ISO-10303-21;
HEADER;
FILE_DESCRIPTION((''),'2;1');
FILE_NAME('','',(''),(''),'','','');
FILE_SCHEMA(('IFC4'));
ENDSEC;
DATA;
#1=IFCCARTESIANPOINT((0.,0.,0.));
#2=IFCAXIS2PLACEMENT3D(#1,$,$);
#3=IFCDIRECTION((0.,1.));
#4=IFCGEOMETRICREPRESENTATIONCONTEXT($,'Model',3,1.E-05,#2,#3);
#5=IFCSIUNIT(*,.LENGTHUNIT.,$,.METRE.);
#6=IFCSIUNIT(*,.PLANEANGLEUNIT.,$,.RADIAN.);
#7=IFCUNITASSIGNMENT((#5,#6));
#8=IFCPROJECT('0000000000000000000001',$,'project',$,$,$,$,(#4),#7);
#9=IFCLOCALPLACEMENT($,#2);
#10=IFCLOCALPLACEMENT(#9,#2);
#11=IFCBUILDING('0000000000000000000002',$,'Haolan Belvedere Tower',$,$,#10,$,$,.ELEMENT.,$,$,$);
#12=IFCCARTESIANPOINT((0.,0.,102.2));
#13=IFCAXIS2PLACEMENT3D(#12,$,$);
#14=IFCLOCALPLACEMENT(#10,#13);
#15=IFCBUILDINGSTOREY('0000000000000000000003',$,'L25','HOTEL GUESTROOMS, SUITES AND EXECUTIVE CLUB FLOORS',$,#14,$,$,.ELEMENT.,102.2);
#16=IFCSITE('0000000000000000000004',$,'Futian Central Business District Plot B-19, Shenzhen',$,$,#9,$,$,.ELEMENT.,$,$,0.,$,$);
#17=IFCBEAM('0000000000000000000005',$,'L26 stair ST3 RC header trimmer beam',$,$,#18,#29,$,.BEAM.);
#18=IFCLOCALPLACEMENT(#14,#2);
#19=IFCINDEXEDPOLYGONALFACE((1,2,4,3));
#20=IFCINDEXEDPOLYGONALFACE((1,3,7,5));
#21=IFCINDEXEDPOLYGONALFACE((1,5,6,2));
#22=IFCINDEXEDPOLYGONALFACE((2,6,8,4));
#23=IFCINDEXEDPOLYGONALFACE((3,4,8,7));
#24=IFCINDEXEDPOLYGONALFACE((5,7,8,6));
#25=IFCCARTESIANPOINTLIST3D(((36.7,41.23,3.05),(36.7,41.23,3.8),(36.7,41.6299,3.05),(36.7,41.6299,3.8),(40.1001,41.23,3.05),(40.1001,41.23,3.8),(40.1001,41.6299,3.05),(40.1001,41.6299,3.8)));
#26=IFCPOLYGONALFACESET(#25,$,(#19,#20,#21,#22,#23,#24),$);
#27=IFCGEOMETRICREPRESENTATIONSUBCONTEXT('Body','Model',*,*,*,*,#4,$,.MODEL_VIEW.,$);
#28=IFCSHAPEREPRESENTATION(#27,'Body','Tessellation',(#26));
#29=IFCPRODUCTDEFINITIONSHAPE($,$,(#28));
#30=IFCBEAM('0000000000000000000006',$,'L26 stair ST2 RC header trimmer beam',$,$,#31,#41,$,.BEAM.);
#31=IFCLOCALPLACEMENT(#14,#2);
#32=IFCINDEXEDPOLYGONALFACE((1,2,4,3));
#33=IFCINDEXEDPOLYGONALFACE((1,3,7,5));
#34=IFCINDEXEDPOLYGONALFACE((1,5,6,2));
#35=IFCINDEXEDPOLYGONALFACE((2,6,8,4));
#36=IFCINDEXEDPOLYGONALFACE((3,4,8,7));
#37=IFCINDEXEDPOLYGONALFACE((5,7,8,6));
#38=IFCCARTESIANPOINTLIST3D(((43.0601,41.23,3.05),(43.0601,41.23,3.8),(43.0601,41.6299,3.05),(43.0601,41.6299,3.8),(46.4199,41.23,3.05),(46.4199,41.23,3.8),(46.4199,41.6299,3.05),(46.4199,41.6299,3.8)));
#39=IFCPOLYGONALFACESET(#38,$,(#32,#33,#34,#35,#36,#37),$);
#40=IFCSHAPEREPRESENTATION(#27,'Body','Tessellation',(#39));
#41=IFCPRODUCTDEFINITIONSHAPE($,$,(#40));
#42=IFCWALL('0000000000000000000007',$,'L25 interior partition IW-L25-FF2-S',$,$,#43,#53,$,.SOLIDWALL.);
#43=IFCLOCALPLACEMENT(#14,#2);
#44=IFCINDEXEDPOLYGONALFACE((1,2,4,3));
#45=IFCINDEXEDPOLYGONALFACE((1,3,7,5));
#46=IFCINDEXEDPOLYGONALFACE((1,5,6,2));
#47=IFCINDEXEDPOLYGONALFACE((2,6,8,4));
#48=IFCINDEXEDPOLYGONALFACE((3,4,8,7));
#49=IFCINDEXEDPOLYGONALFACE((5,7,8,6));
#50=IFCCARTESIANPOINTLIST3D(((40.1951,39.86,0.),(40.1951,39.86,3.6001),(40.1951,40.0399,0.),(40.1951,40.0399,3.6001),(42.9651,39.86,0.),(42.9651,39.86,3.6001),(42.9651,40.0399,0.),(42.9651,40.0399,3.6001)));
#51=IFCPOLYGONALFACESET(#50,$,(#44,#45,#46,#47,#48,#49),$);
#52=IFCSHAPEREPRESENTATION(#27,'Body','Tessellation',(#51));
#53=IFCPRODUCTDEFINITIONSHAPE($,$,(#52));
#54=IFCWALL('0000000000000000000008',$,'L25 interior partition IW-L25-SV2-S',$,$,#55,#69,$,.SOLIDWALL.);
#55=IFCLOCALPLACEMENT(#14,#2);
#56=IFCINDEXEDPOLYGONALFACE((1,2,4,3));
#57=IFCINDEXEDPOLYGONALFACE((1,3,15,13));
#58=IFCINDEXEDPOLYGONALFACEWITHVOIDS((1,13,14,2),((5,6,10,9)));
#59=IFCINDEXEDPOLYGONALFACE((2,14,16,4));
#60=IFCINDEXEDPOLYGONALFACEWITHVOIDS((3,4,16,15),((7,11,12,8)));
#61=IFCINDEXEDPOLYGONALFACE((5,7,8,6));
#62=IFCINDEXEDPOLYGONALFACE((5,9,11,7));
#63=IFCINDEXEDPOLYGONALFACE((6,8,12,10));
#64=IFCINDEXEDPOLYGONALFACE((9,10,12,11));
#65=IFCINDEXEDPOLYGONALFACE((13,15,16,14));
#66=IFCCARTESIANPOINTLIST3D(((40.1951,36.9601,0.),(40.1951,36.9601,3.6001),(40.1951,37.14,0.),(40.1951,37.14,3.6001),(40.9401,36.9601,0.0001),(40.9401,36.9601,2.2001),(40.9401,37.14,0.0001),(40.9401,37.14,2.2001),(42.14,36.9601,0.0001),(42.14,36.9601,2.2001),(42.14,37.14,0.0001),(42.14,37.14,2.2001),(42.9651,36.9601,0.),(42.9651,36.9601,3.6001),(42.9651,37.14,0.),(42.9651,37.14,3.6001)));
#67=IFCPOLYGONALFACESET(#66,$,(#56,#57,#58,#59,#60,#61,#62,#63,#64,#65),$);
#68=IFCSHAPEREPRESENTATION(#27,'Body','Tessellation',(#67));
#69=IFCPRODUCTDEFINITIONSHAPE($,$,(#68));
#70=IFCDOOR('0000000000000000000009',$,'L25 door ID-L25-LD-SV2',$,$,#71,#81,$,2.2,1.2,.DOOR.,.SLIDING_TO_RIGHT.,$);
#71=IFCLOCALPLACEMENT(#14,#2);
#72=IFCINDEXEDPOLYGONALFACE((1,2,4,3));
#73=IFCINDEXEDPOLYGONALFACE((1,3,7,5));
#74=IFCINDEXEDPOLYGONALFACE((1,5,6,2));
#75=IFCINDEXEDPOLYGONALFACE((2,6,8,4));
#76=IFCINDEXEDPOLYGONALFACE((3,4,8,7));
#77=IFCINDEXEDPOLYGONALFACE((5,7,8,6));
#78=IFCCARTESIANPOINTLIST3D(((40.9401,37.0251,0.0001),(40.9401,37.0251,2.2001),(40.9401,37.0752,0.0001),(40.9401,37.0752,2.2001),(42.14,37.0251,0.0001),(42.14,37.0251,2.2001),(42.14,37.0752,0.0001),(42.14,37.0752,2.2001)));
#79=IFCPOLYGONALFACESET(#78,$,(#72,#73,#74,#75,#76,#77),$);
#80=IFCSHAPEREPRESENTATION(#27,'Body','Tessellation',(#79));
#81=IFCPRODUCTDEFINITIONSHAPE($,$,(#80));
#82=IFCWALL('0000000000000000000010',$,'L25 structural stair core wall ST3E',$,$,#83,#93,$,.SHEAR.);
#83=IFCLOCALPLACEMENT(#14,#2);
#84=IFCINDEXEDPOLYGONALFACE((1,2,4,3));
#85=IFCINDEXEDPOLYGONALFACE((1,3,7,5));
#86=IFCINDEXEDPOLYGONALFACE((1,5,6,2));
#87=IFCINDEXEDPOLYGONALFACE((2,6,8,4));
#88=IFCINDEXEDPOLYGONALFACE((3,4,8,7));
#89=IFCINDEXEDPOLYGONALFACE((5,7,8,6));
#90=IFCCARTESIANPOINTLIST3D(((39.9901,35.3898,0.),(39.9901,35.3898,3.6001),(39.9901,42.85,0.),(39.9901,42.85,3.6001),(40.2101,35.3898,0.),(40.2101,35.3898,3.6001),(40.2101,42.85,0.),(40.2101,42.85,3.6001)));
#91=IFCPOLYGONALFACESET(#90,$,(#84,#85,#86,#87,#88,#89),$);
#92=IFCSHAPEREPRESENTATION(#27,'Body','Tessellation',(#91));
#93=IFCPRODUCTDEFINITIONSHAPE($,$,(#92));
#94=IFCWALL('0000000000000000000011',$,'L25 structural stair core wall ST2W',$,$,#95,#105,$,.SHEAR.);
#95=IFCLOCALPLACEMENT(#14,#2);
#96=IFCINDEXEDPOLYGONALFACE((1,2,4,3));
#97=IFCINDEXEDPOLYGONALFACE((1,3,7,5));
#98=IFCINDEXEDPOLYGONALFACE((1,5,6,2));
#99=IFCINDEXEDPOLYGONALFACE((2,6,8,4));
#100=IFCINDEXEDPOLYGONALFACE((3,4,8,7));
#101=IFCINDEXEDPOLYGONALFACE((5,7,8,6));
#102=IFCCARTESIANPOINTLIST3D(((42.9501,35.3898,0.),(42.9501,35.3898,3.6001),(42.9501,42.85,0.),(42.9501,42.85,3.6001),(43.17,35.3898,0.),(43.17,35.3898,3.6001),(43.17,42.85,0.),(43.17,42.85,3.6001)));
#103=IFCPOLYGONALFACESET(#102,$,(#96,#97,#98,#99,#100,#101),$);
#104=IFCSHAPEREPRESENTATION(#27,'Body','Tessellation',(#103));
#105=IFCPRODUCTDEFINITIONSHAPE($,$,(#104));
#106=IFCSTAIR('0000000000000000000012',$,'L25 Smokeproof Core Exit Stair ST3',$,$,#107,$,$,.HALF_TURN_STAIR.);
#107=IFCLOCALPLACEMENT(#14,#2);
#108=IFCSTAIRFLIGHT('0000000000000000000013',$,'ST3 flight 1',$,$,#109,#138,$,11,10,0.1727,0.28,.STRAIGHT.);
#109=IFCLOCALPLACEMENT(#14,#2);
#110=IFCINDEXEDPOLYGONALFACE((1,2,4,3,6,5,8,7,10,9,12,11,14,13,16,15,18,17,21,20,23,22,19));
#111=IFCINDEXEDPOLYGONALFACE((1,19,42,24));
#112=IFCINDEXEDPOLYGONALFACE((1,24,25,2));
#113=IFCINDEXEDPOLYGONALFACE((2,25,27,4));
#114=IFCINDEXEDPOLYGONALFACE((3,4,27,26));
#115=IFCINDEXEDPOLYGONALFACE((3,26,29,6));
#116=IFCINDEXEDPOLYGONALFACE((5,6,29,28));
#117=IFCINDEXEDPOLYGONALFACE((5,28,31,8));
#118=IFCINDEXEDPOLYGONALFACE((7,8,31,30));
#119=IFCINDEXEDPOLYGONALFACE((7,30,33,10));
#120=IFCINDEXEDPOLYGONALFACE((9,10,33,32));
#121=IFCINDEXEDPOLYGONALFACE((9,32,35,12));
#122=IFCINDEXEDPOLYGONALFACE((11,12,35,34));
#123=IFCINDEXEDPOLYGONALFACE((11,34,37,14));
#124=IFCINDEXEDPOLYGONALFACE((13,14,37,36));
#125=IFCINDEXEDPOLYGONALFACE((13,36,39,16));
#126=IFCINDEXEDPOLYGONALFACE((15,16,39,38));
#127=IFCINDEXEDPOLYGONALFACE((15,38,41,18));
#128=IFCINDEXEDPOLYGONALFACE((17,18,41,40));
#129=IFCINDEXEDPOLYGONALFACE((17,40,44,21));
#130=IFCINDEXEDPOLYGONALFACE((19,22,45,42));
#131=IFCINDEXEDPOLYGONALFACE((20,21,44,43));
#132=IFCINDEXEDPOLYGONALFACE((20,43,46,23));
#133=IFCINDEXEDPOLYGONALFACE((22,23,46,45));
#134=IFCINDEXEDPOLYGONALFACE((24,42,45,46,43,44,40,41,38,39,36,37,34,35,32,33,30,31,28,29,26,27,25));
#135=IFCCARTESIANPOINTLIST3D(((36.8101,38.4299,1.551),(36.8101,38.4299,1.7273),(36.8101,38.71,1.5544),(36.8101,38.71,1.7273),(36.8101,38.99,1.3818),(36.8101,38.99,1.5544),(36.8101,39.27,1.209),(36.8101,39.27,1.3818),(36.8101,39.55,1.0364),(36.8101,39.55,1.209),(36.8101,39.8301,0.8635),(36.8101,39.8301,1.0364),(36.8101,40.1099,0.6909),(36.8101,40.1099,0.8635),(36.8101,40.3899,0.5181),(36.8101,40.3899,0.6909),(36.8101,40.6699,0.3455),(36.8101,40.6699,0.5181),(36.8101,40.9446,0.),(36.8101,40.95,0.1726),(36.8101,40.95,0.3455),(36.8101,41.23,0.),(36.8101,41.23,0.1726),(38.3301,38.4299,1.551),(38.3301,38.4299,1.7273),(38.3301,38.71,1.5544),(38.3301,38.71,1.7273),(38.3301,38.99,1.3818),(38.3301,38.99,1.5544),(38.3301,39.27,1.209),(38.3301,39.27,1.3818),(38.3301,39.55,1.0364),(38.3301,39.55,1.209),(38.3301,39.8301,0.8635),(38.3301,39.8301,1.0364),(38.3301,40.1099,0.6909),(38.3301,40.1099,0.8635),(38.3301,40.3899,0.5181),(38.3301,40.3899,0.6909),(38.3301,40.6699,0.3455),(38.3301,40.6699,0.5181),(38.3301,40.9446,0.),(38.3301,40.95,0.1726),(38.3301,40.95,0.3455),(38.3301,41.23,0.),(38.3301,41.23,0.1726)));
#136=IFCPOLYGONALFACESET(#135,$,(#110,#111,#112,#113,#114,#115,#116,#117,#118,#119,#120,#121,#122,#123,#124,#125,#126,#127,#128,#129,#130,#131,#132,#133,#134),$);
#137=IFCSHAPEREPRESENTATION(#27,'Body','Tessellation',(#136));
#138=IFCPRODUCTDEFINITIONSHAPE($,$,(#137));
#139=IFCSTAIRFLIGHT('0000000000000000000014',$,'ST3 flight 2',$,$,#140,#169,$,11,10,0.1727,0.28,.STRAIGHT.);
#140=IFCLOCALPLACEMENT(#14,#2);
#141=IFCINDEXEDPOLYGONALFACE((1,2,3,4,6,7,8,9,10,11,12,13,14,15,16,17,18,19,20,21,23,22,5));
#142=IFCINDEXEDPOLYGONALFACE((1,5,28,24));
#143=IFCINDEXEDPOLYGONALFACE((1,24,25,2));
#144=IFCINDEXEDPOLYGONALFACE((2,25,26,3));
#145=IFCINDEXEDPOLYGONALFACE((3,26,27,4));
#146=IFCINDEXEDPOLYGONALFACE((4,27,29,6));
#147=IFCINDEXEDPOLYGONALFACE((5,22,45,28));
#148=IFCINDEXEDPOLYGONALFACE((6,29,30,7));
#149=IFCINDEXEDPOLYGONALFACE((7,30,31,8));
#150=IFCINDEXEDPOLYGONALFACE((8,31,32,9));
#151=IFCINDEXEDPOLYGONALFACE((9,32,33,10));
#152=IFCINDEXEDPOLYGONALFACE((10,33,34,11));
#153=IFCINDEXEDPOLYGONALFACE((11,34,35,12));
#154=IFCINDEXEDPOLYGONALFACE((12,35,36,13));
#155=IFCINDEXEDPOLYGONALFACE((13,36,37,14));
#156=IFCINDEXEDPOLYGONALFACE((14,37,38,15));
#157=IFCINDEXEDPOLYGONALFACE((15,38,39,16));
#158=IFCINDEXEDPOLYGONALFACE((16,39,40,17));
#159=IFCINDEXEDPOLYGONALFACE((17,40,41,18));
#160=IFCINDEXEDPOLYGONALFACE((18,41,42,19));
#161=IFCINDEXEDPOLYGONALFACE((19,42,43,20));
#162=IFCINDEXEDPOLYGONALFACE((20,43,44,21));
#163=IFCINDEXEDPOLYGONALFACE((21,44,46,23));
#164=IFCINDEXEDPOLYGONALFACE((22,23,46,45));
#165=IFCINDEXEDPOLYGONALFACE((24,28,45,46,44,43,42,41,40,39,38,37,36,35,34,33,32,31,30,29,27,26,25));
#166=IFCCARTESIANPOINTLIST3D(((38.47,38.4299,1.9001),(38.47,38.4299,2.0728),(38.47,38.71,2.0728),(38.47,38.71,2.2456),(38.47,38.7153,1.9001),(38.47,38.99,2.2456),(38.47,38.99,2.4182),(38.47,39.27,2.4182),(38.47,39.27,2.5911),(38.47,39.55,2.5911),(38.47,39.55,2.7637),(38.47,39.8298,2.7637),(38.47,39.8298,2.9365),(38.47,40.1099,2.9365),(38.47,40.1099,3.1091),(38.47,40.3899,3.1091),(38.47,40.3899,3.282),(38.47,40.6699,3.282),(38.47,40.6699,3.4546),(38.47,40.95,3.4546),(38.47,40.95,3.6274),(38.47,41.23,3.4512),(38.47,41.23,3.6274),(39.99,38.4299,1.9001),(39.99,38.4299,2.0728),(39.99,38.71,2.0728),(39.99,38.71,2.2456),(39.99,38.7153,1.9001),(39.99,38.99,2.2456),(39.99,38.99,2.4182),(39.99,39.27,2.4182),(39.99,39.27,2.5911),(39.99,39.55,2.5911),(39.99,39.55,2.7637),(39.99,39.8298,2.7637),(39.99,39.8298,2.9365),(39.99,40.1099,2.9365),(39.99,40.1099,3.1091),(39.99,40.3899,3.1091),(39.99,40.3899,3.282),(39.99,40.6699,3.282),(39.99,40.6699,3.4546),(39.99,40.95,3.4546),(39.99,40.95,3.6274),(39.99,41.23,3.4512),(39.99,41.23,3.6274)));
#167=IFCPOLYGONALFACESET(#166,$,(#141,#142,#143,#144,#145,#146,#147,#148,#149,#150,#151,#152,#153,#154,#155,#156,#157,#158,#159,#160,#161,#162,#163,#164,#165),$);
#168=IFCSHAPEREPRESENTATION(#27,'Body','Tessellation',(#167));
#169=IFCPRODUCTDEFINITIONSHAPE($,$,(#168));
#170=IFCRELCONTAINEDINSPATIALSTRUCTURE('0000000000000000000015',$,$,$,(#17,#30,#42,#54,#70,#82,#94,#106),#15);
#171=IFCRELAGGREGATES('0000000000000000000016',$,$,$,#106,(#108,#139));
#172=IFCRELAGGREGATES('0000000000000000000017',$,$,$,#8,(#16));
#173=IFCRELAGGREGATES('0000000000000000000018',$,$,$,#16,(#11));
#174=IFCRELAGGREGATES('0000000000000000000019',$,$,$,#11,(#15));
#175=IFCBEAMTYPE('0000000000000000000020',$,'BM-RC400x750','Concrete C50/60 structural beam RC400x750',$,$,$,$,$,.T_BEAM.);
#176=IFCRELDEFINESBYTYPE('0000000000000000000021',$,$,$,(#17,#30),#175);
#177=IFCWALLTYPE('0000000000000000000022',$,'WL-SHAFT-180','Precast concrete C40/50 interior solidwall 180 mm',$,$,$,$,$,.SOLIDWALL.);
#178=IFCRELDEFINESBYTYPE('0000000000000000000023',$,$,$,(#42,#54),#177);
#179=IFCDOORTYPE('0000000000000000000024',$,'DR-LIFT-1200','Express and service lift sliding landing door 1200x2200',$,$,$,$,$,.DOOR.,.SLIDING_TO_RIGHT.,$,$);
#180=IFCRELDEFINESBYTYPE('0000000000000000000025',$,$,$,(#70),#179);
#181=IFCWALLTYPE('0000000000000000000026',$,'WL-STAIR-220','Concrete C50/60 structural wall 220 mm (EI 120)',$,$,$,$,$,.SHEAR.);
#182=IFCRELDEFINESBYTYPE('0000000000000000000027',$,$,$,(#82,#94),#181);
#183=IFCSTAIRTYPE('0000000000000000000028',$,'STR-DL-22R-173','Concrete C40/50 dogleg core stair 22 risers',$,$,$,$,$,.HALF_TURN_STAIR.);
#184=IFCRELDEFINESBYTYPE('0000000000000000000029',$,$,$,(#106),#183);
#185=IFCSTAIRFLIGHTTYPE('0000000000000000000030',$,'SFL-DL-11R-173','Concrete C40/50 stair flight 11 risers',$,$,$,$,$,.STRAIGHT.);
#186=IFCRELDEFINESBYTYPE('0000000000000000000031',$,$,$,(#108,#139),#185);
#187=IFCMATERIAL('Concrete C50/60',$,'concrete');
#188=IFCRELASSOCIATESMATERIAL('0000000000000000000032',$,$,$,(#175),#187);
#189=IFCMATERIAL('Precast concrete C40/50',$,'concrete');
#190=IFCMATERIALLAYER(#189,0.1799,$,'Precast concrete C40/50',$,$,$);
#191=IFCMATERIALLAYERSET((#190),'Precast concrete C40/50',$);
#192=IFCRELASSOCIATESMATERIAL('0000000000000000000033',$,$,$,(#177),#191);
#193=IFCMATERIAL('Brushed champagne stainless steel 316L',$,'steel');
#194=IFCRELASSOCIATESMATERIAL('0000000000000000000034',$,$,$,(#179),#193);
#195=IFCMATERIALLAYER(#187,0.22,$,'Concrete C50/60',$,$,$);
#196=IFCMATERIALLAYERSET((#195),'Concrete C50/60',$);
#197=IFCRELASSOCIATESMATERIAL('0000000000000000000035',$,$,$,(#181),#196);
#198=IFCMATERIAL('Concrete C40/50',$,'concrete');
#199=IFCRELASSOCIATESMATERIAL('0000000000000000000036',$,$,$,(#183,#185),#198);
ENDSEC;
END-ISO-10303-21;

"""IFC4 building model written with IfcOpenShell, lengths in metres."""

from ifc_helpers import new_model, si_unit, direction, frame, frame_2d, origin, origin_2d, place, context, subcontext, project, spatial, polyline, rectangle, outline, extrude, material, layer, layer_set, material_profile, profile_set, type_object, element, fill, aggregate, save


model = new_model("IFC4")

# Units and contexts
model_context = context("Model", 3, precision=1e-05, world=origin(), true_north=direction((0.0, 1.0)))
body_context = subcontext(model_context, "Body", "Model", "MODEL_VIEW")
ifc_project = project(units=[si_unit("LENGTHUNIT", "METRE"), si_unit("PLANEANGLEUNIT", "RADIAN")], contexts=[model_context])

# Site, building, storey
site_placement = place(None, origin())
site = spatial("IfcSite", under=ifc_project, at=site_placement, Name="Futian Central Business District Plot B-19, Shenzhen", CompositionType="ELEMENT", RefElevation=0.0)
building_placement = place(site_placement, origin())
building = spatial("IfcBuilding", under=site, at=building_placement, Name="Haolan Belvedere Tower", CompositionType="ELEMENT")
storey_placement = place(building_placement, frame((0.0, 0.0, 102.2)))
storey = spatial("IfcBuildingStorey", under=building, at=storey_placement, Name="L25", Description="HOTEL GUESTROOMS, SUITES AND EXECUTIVE CLUB FLOORS", CompositionType="ELEMENT", Elevation=102.2)

# Beams
ifc_material_1 = material(Name="Concrete C50/60", Category="concrete")
ifc_material_profile = material_profile(ifc_material_1, rectangle(XDim=0.3999, YDim=0.75, at=origin_2d()), Name="Concrete C50/60")
ifc_profile_set = profile_set([ifc_material_profile], Name="Concrete C50/60")
beam_type = type_object("IfcBeamType", Name="BM-RC400x750", Description="Concrete C50/60 structural beam RC400x750", PredefinedType="T_BEAM", material=ifc_profile_set)
beam_1_placement = place(storey_placement, frame((36.7, 41.4299, 3.425), z_axis=(1.0, 0.0, 0.0), x_axis=(0.0, 1.0, 0.0)))
element("IfcBeam", 1, at=beam_1_placement, inside=storey, type_object=beam_type, Name="L26 stair ST3 RC header trimmer beam", PredefinedType="BEAM", context=body_context, shape_type="SweptSolid", body=[
    extrude(rectangle(XDim=0.3999, YDim=0.75, at=origin_2d()), origin(), (0.0, 0.0, 1.0), 3.4001),
])
beam_2_placement = place(storey_placement, frame((43.0601, 41.4299, 3.425), z_axis=(1.0, 0.0, 0.0), x_axis=(0.0, 1.0, 0.0)))
element("IfcBeam", 2, at=beam_2_placement, inside=storey, type_object=beam_type, Name="L26 stair ST2 RC header trimmer beam", PredefinedType="BEAM", context=body_context, shape_type="SweptSolid", body=[
    extrude(rectangle(XDim=0.3999, YDim=0.75, at=origin_2d()), origin(), (0.0, 0.0, 1.0), 3.3599),
])

# Wall
ifc_material_2 = material(Name="Precast concrete C40/50", Category="concrete")
ifc_layer_1 = layer(ifc_material_2, 0.1799, Name="Precast concrete C40/50")
ifc_layer_set_1 = layer_set([ifc_layer_1], Name="Precast concrete C40/50")
wall_type_1 = type_object("IfcWallType", Name="WL-SHAFT-180", Description="Precast concrete C40/50 interior solidwall 180 mm", PredefinedType="SOLIDWALL", material=ifc_layer_set_1)
wall_1_placement = place(storey_placement, frame((40.1951, 39.95, 0.0), z_axis=(0.0, 0.0, 1.0), x_axis=(1.0, 0.0, 0.0)))
element("IfcWall", 3, at=wall_1_placement, inside=storey, type_object=wall_type_1, Name="L25 interior partition IW-L25-FF2-S", PredefinedType="SOLIDWALL", context=body_context, shape_type="SweptSolid", body=[
    extrude(rectangle(XDim=2.77, YDim=0.1799, at=frame_2d((1.385, 0.0))), origin(), (0.0, 0.0, 1.0), 3.6001),
])

# Wall, opening, door
wall_2_placement = place(storey_placement, frame((40.1951, 37.05, 0.0), z_axis=(0.0, 0.0, 1.0), x_axis=(1.0, 0.0, 0.0)))
wall_2 = element("IfcWall", 4, at=wall_2_placement, inside=storey, type_object=wall_type_1, Name="L25 interior partition IW-L25-SV2-S", PredefinedType="SOLIDWALL", context=body_context, shape_type="SweptSolid", body=[
    extrude(rectangle(XDim=2.77, YDim=0.1799, at=frame_2d((1.385, 0.0))), origin(), (0.0, 0.0, 1.0), 3.6001),
])
opening_placement = place(wall_2_placement, frame((1.9451, 0.0, 0.0), z_axis=(0.0, 0.0, 1.0), x_axis=(-1.0, 0.0, 0.0)))
opening = element("IfcOpeningElement", 5, at=opening_placement, cuts=wall_2, PredefinedType="OPENING", context=body_context, shape_type="SweptSolid", body=[
    extrude(rectangle(XDim=1.2, YDim=2.2, at=frame_2d((0.6001, 1.1001))), frame((0.0, 0.0999, 0.0), z_axis=(0.0, -1.0, 0.0), x_axis=(1.0, 0.0, 0.0)), (0.0, 0.0, 1.0), 0.2),
])
ifc_material_3 = material(Name="Brushed champagne stainless steel 316L", Category="steel")
door_type = type_object("IfcDoorType", Name="DR-LIFT-1200", Description="Express and service lift sliding landing door 1200x2200", OperationType="SLIDING_TO_RIGHT", PredefinedType="DOOR", material=ifc_material_3)
door_placement = place(opening_placement, origin())
door = element("IfcDoor", 6, at=door_placement, inside=storey, type_object=door_type, Name="L25 door ID-L25-LD-SV2", OperationType="SLIDING_TO_RIGHT", OverallHeight=2.2, OverallWidth=1.2, PredefinedType="DOOR", context=body_context, shape_type="SweptSolid", body=[
    extrude(rectangle(XDim=1.2, YDim=2.2, at=frame_2d((0.6001, 1.1001))), frame((0.0, 0.0249, 0.0), z_axis=(0.0, -1.0, 0.0), x_axis=(1.0, 0.0, 0.0)), (0.0, 0.0, 1.0), 0.05),
])
fill(opening, door)

# Walls
ifc_layer_2 = layer(ifc_material_1, 0.22, Name="Concrete C50/60")
ifc_layer_set_2 = layer_set([ifc_layer_2], Name="Concrete C50/60")
wall_type_2 = type_object("IfcWallType", Name="WL-STAIR-220", Description="Concrete C50/60 structural wall 220 mm (EI 120)", PredefinedType="SHEAR", material=ifc_layer_set_2)
for number, where, z_axis, x_axis, name in (
    (7, (40.1001, 35.3899, 0.0), (0.0, 0.0, 1.0), (0.0, 1.0, 0.0), "L25 structural stair core wall ST3E"),
    (8, (43.0601, 35.3899, 0.0), (0.0, 0.0, 1.0), (0.0, 1.0, 0.0), "L25 structural stair core wall ST2W"),
):
    element("IfcWall", number, at=place(storey_placement, frame(where, z_axis=z_axis, x_axis=x_axis)), inside=storey, type_object=wall_type_2, Name=name, PredefinedType="SHEAR", context=body_context, shape_type="SweptSolid", body=[
        extrude(rectangle(XDim=7.4602, YDim=0.22, at=frame_2d((3.73, 0.0))), origin(), (0.0, 0.0, 1.0), 3.6001),
    ])

# Stair, stair flights
ifc_material_4 = material(Name="Concrete C40/50", Category="concrete")
stair_type = type_object("IfcStairType", Name="STR-DL-22R-173", Description="Concrete C40/50 dogleg core stair 22 risers", PredefinedType="HALF_TURN_STAIR", material=ifc_material_4)
stair_1_placement = place(storey_placement, origin())
stair_1 = element("IfcStair", 9, at=stair_1_placement, inside=storey, type_object=stair_type, Name="L25 Smokeproof Core Exit Stair ST3", PredefinedType="HALF_TURN_STAIR")
stair_flight_type = type_object("IfcStairFlightType", Name="SFL-DL-11R-173", Description="Concrete C40/50 stair flight 11 risers", PredefinedType="STRAIGHT", material=ifc_material_4)
stair_flight_1_placement = place(storey_placement, frame((37.5701, 41.23, 0.0), z_axis=(0.0, 0.0, 1.0), x_axis=(0.0, -1.0, 0.0)))
stair_flight_1 = element("IfcStairFlight", 10, at=stair_flight_1_placement, type_object=stair_flight_type, Name="ST3 flight 1", NumberOfRisers=11, NumberOfTreads=10, PredefinedType="STRAIGHT", RiserHeight=0.1727, TreadLength=0.28, context=body_context, shape_type="SweptSolid", body=[
    extrude(outline(polyline([(0.0, 0.0), (0.0, 0.1726), (0.28, 0.1726), (0.28, 0.3455), (0.5601, 0.3455), (0.5601, 0.5181), (0.8401, 0.5181), (0.8401, 0.6909), (1.1201, 0.6909), (1.1201, 0.8635), (1.3999, 0.8635), (1.3999, 1.0364), (1.6799, 1.0364), (1.6799, 1.209), (1.96, 1.209), (1.96, 1.3818), (2.24, 1.3818), (2.24, 1.5544), (2.52, 1.5544), (2.52, 1.7273), (2.8, 1.7273), (2.8, 1.8999), (2.8, 1.551), (0.2854, 0.0), (0.0, 0.0)])), frame((0.0, 0.76, 0.0), z_axis=(0.0, -1.0, 0.0), x_axis=(1.0, 0.0, 0.0)), (0.0, 0.0, 1.0), 1.52),
])
stair_flight_2_placement = place(storey_placement, frame((39.23, 38.4299, 1.9001), z_axis=(0.0, 0.0, 1.0), x_axis=(0.0, 1.0, 0.0)))
stair_flight_2 = element("IfcStairFlight", 11, at=stair_flight_2_placement, type_object=stair_flight_type, Name="ST3 flight 2", NumberOfRisers=11, NumberOfTreads=10, PredefinedType="STRAIGHT", RiserHeight=0.1727, TreadLength=0.28, context=body_context, shape_type="SweptSolid", body=[
    extrude(outline(polyline([(0.0, 0.0), (0.0, 0.1726), (0.28, 0.1726), (0.28, 0.3455), (0.5601, 0.3455), (0.5601, 0.5181), (0.8401, 0.5181), (0.8401, 0.6909), (1.1201, 0.6909), (1.1201, 0.8635), (1.3999, 0.8635), (1.3999, 1.0364), (1.6799, 1.0364), (1.6799, 1.209), (1.96, 1.209), (1.96, 1.3818), (2.24, 1.3818), (2.24, 1.5544), (2.52, 1.5544), (2.52, 1.7273), (2.8, 1.7273), (2.8, 1.8999), (2.8, 1.551), (0.2854, 0.0), (0.0, 0.0)])), frame((0.0, 0.76, 0.0), z_axis=(0.0, -1.0, 0.0), x_axis=(1.0, 0.0, 0.0)), (0.0, 0.0, 1.0), 1.52),
])
aggregate(stair_1, [stair_flight_1, stair_flight_2])

save(model, "model.ifc")
